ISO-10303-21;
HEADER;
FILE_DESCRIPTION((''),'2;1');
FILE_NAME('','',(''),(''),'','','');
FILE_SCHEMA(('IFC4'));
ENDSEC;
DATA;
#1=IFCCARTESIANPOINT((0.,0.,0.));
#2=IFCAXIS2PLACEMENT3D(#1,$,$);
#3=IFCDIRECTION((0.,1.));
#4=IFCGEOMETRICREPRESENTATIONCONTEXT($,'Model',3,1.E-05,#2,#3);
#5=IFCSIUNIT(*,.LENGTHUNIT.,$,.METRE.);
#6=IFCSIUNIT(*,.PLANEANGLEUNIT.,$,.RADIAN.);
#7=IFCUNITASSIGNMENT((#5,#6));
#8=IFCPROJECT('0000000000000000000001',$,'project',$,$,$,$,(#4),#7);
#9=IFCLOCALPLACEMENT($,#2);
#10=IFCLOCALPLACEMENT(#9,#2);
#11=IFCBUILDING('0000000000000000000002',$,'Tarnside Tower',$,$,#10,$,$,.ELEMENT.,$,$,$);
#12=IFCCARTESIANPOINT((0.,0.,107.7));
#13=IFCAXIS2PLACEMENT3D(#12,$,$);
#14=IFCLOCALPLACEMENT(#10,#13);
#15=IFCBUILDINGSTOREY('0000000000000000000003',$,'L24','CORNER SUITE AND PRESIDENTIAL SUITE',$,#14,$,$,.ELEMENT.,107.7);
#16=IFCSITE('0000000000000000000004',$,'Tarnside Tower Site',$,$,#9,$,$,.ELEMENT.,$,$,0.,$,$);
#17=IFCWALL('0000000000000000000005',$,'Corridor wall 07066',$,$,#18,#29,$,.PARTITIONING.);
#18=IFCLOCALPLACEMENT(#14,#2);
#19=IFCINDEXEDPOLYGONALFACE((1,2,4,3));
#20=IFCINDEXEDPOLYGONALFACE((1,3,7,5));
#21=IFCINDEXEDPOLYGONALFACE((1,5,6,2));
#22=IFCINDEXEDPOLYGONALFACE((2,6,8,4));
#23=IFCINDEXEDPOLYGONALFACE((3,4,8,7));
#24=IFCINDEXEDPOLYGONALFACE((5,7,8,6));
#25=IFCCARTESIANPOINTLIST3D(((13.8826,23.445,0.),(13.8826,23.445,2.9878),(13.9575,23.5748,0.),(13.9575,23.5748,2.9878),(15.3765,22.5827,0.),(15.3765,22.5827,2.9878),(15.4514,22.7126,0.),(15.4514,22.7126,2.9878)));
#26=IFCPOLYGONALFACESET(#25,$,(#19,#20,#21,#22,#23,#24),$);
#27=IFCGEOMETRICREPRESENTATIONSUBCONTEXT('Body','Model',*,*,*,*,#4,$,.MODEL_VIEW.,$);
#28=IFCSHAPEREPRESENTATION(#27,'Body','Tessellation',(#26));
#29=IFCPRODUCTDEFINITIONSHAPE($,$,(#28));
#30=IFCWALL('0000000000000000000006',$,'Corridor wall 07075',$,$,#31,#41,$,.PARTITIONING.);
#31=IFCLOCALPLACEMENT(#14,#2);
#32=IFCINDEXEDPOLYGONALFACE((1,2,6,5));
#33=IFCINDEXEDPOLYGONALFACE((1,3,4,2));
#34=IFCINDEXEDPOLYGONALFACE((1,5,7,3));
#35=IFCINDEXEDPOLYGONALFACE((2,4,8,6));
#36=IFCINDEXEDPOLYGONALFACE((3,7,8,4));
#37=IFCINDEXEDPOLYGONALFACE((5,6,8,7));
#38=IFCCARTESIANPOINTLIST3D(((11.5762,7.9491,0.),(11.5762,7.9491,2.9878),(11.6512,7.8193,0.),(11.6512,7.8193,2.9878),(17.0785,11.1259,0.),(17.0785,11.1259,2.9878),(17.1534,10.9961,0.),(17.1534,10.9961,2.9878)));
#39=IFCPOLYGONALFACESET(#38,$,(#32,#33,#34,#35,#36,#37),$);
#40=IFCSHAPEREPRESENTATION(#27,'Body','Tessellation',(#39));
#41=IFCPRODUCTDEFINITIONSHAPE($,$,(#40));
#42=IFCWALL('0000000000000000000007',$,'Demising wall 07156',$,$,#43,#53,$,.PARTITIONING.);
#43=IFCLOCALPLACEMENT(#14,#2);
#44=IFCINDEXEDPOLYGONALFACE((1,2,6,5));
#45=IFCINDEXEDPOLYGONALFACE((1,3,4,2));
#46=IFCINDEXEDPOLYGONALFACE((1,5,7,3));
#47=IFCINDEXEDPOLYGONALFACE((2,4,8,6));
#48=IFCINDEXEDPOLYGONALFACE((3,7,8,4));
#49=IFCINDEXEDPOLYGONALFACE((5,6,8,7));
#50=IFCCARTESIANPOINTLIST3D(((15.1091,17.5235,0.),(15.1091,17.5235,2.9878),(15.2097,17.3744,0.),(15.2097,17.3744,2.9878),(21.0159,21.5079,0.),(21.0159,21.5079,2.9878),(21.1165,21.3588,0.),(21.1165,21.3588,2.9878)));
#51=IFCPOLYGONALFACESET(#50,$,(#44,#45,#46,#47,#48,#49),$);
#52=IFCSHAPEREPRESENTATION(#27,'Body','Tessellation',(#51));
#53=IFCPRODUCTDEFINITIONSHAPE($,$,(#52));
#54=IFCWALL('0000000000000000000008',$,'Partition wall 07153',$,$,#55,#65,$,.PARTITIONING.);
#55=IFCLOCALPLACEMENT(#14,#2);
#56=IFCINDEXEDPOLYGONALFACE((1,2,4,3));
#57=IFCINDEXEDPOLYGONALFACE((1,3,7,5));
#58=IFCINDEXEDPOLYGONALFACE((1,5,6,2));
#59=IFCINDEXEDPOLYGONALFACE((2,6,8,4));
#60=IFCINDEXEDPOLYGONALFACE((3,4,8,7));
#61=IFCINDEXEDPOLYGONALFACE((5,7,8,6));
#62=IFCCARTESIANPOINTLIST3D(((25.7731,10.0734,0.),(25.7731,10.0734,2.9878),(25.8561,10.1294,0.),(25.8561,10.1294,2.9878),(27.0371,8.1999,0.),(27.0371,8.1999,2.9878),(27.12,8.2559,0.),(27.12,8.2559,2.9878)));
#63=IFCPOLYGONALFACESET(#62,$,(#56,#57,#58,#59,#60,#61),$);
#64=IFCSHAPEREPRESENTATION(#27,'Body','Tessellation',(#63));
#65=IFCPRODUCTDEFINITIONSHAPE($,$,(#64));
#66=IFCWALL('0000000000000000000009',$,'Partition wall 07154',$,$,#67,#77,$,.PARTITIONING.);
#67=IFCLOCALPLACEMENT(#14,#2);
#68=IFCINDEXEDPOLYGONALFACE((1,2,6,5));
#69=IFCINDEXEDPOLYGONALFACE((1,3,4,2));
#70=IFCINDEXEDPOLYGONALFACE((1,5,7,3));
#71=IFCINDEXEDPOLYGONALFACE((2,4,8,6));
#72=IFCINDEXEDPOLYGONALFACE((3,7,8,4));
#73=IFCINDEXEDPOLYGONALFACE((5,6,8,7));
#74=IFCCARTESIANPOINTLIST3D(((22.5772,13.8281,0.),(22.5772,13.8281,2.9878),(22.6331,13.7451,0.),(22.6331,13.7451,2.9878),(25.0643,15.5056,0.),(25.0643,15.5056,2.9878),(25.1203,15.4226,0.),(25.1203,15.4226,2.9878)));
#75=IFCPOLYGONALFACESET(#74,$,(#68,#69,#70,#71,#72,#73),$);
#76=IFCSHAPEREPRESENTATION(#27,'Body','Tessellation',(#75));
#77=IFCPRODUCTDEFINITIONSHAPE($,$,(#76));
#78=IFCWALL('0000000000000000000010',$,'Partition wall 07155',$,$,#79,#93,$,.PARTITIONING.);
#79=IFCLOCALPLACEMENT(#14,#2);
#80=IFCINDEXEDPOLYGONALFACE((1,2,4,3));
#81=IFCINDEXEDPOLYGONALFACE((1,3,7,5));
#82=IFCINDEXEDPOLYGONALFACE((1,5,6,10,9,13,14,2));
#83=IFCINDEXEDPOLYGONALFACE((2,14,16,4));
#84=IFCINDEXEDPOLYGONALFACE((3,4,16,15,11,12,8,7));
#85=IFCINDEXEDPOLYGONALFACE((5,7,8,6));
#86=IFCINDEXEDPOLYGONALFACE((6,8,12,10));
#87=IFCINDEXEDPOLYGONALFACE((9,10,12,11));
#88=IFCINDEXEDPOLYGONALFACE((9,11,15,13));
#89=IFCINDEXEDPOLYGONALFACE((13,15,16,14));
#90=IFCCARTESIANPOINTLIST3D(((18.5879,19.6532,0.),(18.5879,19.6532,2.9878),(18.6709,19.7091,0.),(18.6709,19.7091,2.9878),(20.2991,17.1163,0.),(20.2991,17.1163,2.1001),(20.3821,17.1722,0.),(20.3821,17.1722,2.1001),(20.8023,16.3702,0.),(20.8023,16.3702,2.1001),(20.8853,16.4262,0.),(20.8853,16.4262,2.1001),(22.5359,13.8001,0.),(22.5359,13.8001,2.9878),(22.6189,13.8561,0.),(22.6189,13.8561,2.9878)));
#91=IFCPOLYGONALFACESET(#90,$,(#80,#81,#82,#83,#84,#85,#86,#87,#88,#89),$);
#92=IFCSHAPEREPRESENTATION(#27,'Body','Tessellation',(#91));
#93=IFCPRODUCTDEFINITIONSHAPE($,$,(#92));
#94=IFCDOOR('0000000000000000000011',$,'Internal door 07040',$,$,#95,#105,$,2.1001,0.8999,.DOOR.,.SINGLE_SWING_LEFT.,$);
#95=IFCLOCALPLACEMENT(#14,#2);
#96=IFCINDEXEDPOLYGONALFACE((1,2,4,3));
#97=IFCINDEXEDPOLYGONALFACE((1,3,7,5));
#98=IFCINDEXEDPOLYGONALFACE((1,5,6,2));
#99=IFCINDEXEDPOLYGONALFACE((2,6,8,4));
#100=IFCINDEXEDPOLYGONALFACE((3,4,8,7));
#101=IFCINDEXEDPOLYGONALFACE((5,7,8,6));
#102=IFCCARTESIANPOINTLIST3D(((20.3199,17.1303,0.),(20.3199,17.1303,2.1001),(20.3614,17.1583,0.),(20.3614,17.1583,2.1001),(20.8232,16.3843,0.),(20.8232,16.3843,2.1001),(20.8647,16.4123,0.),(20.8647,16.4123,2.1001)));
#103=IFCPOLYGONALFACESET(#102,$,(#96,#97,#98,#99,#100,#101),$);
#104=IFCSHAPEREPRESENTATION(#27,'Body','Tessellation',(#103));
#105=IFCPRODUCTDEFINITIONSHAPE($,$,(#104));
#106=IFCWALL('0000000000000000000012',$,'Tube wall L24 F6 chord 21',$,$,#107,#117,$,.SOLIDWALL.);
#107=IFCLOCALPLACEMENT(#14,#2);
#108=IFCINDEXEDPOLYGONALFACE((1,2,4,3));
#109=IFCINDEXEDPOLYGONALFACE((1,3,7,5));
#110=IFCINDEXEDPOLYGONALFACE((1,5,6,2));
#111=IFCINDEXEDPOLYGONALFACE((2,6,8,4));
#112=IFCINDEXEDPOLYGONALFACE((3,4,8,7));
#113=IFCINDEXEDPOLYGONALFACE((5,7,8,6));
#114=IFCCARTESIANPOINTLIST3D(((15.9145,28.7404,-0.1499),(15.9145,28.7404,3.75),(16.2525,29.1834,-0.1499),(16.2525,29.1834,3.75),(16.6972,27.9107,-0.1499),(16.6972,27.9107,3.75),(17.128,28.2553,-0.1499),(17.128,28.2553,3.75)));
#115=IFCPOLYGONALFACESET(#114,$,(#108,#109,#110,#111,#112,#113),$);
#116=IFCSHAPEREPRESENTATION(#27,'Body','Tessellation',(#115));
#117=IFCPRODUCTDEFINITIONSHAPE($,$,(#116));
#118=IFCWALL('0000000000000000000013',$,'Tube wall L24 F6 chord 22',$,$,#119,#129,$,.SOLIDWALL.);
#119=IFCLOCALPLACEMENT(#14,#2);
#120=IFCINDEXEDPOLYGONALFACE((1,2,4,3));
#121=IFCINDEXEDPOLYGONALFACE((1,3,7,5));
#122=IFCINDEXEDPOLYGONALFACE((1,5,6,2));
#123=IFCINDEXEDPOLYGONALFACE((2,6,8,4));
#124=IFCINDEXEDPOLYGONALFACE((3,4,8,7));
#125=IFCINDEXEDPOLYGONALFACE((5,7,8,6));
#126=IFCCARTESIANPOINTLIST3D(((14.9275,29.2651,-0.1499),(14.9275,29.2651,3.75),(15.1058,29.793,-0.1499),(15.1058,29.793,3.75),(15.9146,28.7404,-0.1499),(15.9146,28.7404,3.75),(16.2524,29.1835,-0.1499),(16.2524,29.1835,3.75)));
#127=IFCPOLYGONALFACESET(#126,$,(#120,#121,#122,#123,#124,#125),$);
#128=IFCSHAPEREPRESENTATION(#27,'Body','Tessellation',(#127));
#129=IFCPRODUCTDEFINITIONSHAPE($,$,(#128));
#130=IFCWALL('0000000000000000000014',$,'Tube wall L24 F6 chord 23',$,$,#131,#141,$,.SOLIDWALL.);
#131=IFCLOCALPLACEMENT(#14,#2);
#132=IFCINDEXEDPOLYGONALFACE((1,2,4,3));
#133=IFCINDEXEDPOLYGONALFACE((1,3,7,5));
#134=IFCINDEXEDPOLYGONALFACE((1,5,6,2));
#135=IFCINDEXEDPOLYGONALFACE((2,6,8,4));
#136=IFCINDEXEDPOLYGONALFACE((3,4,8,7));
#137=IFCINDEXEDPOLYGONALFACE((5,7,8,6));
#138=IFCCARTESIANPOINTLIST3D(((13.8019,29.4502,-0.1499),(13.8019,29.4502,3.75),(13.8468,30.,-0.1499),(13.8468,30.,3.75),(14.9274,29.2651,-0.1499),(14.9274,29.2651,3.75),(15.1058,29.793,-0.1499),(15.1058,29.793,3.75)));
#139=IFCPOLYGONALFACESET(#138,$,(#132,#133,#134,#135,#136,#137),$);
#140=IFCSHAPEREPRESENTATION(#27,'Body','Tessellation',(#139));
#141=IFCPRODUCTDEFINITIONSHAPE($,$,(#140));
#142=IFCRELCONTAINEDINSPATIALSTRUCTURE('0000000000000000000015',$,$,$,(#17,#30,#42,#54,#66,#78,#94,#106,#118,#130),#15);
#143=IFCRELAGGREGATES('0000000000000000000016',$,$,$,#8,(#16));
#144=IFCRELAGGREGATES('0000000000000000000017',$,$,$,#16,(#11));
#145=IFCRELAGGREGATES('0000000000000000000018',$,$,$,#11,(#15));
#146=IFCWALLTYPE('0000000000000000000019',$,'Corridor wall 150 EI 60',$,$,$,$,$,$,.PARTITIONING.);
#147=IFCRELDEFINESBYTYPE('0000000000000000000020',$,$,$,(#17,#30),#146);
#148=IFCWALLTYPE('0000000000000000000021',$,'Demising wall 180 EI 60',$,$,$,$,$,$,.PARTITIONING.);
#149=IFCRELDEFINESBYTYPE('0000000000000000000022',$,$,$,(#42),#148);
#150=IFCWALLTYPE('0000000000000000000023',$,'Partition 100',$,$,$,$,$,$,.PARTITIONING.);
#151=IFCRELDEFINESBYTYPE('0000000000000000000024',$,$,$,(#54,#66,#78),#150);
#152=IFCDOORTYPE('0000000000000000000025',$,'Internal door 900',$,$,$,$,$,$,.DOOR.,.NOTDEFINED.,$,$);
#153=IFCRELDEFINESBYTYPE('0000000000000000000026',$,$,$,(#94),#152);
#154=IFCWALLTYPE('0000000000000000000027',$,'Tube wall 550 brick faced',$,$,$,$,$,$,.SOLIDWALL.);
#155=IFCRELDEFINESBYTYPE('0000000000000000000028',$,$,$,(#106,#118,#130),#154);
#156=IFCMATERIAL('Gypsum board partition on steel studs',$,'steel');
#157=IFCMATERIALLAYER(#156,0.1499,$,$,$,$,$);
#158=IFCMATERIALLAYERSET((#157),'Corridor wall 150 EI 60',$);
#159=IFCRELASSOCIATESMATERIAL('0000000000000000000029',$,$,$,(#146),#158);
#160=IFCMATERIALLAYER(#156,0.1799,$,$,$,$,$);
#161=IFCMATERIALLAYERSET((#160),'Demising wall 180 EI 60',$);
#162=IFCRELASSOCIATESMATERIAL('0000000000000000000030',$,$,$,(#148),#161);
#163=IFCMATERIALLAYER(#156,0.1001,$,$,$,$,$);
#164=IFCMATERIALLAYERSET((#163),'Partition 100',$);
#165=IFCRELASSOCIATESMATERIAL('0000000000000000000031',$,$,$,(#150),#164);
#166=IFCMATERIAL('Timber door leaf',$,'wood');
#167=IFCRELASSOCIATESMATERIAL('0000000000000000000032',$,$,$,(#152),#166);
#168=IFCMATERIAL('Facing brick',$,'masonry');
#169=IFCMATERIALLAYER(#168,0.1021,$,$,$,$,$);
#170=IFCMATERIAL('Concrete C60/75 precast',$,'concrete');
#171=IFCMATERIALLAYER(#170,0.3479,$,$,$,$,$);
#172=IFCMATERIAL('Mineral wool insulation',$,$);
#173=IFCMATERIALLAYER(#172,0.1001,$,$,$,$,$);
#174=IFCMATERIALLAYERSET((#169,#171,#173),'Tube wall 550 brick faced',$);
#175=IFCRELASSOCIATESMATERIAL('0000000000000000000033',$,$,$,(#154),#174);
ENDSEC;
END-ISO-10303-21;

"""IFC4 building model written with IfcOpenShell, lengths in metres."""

from ifc_helpers import new_model, si_unit, direction, frame, frame_2d, origin, place, context, subcontext, project, spatial, polyline, rectangle, outline, extrude, material, layer, layer_set, type_object, element, fill, save


model = new_model("IFC4")

# Units and contexts
model_context = context("Model", 3, precision=1e-05, world=origin(), true_north=direction((0.0, 1.0)))
body_context = subcontext(model_context, "Body", "Model", "MODEL_VIEW")
ifc_project = project(units=[si_unit("LENGTHUNIT", "METRE"), si_unit("PLANEANGLEUNIT", "RADIAN")], contexts=[model_context])

# Site, building, storey
site_placement = place(None, origin())
site = spatial("IfcSite", under=ifc_project, at=site_placement, Name="Tarnside Tower Site", CompositionType="ELEMENT", RefElevation=0.0)
building_placement = place(site_placement, origin())
building = spatial("IfcBuilding", under=site, at=building_placement, Name="Tarnside Tower", CompositionType="ELEMENT")
storey_placement = place(building_placement, frame((0.0, 0.0, 107.7)))
storey = spatial("IfcBuildingStorey", under=building, at=storey_placement, Name="L24", Description="CORNER SUITE AND PRESIDENTIAL SUITE", CompositionType="ELEMENT", Elevation=107.7)

# Walls
ifc_material_1 = material(Name="Gypsum board partition on steel studs", Category="steel")
ifc_layer_1 = layer(ifc_material_1, 0.1499)
ifc_layer_set_1 = layer_set([ifc_layer_1], Name="Corridor wall 150 EI 60")
wall_type_1 = type_object("IfcWallType", Name="Corridor wall 150 EI 60", PredefinedType="PARTITIONING", material=ifc_layer_set_1)
wall_1_placement = place(storey_placement, frame((15.4138, 22.6477, 0.0), z_axis=(0.0, 0.0, 1.0), x_axis=(-0.866075, 0.499914, 0.0)))
element("IfcWall", 1, at=wall_1_placement, inside=storey, type_object=wall_type_1, Name="Corridor wall 07066", PredefinedType="PARTITIONING", context=body_context, shape_type="SweptSolid", body=[
    extrude(rectangle(XDim=1.7249, YDim=0.1499, at=frame_2d((0.8623, 0.0))), origin(), (0.0, 0.0, 1.0), 2.9878),
])
wall_2_placement = place(storey_placement, frame((17.116, 11.061, 0.0), z_axis=(0.0, 0.0, 1.0), x_axis=(-0.866021, -0.500007, 0.0)))
element("IfcWall", 2, at=wall_2_placement, inside=storey, type_object=wall_type_1, Name="Corridor wall 07075", PredefinedType="PARTITIONING", context=body_context, shape_type="SweptSolid", body=[
    extrude(rectangle(XDim=6.3535, YDim=0.1499, at=frame_2d((3.1768, 0.0))), origin(), (0.0, 0.0, 1.0), 2.9878),
])
ifc_layer_2 = layer(ifc_material_1, 0.1799)
ifc_layer_set_2 = layer_set([ifc_layer_2], Name="Demising wall 180 EI 60")
wall_type_2 = type_object("IfcWallType", Name="Demising wall 180 EI 60", PredefinedType="PARTITIONING", material=ifc_layer_set_2)
wall_3_placement = place(storey_placement, frame((21.0662, 21.4333, 0.0), z_axis=(0.0, 0.0, 1.0), x_axis=(-0.829023, -0.559215, 0.0)))
element("IfcWall", 3, at=wall_3_placement, inside=storey, type_object=wall_type_2, Name="Demising wall 07156", PredefinedType="PARTITIONING", context=body_context, shape_type="SweptSolid", body=[
    extrude(rectangle(XDim=7.125, YDim=0.1799, at=frame_2d((3.5625, 0.0))), origin(), (0.0, 0.0, 1.0), 2.9878),
])
ifc_layer_3 = layer(ifc_material_1, 0.1001)
ifc_layer_set_3 = layer_set([ifc_layer_3], Name="Partition 100")
wall_type_3 = type_object("IfcWallType", Name="Partition 100", PredefinedType="PARTITIONING", material=ifc_layer_set_3)
wall_4_placement = place(storey_placement, frame((25.8147, 10.1013, 0.0), z_axis=(0.0, 0.0, 1.0), x_axis=(0.559254, -0.828996, 0.0)))
element("IfcWall", 4, at=wall_4_placement, inside=storey, type_object=wall_type_3, Name="Partition wall 07153", PredefinedType="PARTITIONING", context=body_context, shape_type="SweptSolid", body=[
    extrude(rectangle(XDim=2.26, YDim=0.1001, at=frame_2d((1.1299, 0.0))), origin(), (0.0, 0.0, 1.0), 2.9878),
])
wall_5_placement = place(storey_placement, frame((25.0923, 15.4641, 0.0), z_axis=(0.0, 0.0, 1.0), x_axis=(-0.829046, -0.559181, 0.0)))
element("IfcWall", 5, at=wall_5_placement, inside=storey, type_object=wall_type_3, Name="Partition wall 07154", PredefinedType="PARTITIONING", context=body_context, shape_type="SweptSolid", body=[
    extrude(rectangle(XDim=3.0, YDim=0.1001, at=frame_2d((1.5, 0.0))), origin(), (0.0, 0.0, 1.0), 2.9878),
])

# Wall, opening, door
wall_6_placement = place(storey_placement, frame((22.5774, 13.8281, 0.0), z_axis=(0.0, 0.0, 1.0), x_axis=(-0.559201, 0.829032, 0.0)))
wall_6 = element("IfcWall", 6, at=wall_6_placement, inside=storey, type_object=wall_type_3, Name="Partition wall 07155", PredefinedType="PARTITIONING", context=body_context, shape_type="SweptSolid", body=[
    extrude(rectangle(XDim=7.0601, YDim=0.1001, at=frame_2d((3.53, 0.0))), origin(), (0.0, 0.0, 1.0), 2.9878),
])
opening_placement = place(wall_6_placement, frame((3.1001, 0.0, 0.0)))
opening = element("IfcOpeningElement", 7, at=opening_placement, cuts=wall_6, PredefinedType="OPENING", context=body_context, shape_type="SweptSolid", body=[
    extrude(rectangle(XDim=0.8999, YDim=2.1001, at=frame_2d((0.45, 1.05))), frame((0.0, 0.0601, 0.0), z_axis=(0.0, -1.0, 0.0), x_axis=(1.0, 0.0, 0.0)), (0.0, 0.0, 1.0), 0.1201),
])
ifc_material_2 = material(Name="Timber door leaf", Category="wood")
door_type = type_object("IfcDoorType", Name="Internal door 900", OperationType="NOTDEFINED", PredefinedType="DOOR", material=ifc_material_2)
door_placement = place(opening_placement, origin())
door = element("IfcDoor", 8, at=door_placement, inside=storey, type_object=door_type, Name="Internal door 07040", OperationType="SINGLE_SWING_LEFT", OverallHeight=2.1001, OverallWidth=0.8999, PredefinedType="DOOR", context=body_context, shape_type="SweptSolid", body=[
    extrude(rectangle(XDim=0.8999, YDim=2.1001, at=frame_2d((0.45, 1.05))), frame((0.0, 0.0249, 0.0), z_axis=(0.0, -1.0, 0.0), x_axis=(1.0, 0.0, 0.0)), (0.0, 0.0, 1.0), 0.05),
])
fill(opening, door)

# Walls
ifc_material_3 = material(Name="Facing brick", Category="masonry")
ifc_layer_4 = layer(ifc_material_3, 0.1021)
ifc_material_4 = material(Name="Concrete C60/75 precast", Category="concrete")
ifc_layer_5 = layer(ifc_material_4, 0.3479)
ifc_material_5 = material(Name="Mineral wool insulation")
ifc_layer_6 = layer(ifc_material_5, 0.1001)
ifc_layer_set_4 = layer_set([ifc_layer_4, ifc_layer_5, ifc_layer_6], Name="Tube wall 550 brick faced")
wall_type_4 = type_object("IfcWallType", Name="Tube wall 550 brick faced", PredefinedType="SOLIDWALL", material=ifc_layer_set_4)
wall_7_placement = place(storey_placement, frame((16.9126, 28.083, -0.1499), z_axis=(0.0, 0.0, 1.0), x_axis=(-0.686196, 0.727416, 0.0)))
element("IfcWall", 9, at=wall_7_placement, inside=storey, type_object=wall_type_4, Name="Tube wall L24 F6 chord 21", PredefinedType="SOLIDWALL", context=body_context, shape_type="SweptSolid", body=[
    extrude(outline(polyline([(-0.0225, -0.2749), (1.2534, -0.2749), (1.1631, 0.2749), (0.0225, 0.2749), (-0.0225, -0.2749)])), origin(), (0.0, 0.0, 1.0), 3.8999),
])
wall_8_placement = place(storey_placement, frame((16.0835, 28.9619, -0.1499), z_axis=(0.0, 0.0, 1.0), x_axis=(-0.882995, 0.469382, 0.0)))
element("IfcWall", 10, at=wall_8_placement, inside=storey, type_object=wall_type_4, Name="Tube wall L24 F6 chord 22", PredefinedType="SOLIDWALL", context=body_context, shape_type="SweptSolid", body=[
    extrude(outline(polyline([(-0.0452, -0.2749), (1.2534, -0.2749), (1.1631, 0.2749), (0.0452, 0.2749), (-0.0452, -0.2749)])), origin(), (0.0, 0.0, 1.0), 3.8999),
])
wall_9_placement = place(storey_placement, frame((15.0166, 29.5291, -0.1499), z_axis=(0.0, 0.0, 1.0), x_axis=(-0.986747, 0.162269, 0.0)))
element("IfcWall", 11, at=wall_9_placement, inside=storey, type_object=wall_type_4, Name="Tube wall L24 F6 chord 23", PredefinedType="SOLIDWALL", context=body_context, shape_type="SweptSolid", body=[
    extrude(outline(polyline([(-0.0452, -0.2749), (1.2307, -0.2749), (1.1858, 0.2749), (0.0452, 0.2749), (-0.0452, -0.2749)])), origin(), (0.0, 0.0, 1.0), 3.8999),
])

save(model, "model.ifc")
